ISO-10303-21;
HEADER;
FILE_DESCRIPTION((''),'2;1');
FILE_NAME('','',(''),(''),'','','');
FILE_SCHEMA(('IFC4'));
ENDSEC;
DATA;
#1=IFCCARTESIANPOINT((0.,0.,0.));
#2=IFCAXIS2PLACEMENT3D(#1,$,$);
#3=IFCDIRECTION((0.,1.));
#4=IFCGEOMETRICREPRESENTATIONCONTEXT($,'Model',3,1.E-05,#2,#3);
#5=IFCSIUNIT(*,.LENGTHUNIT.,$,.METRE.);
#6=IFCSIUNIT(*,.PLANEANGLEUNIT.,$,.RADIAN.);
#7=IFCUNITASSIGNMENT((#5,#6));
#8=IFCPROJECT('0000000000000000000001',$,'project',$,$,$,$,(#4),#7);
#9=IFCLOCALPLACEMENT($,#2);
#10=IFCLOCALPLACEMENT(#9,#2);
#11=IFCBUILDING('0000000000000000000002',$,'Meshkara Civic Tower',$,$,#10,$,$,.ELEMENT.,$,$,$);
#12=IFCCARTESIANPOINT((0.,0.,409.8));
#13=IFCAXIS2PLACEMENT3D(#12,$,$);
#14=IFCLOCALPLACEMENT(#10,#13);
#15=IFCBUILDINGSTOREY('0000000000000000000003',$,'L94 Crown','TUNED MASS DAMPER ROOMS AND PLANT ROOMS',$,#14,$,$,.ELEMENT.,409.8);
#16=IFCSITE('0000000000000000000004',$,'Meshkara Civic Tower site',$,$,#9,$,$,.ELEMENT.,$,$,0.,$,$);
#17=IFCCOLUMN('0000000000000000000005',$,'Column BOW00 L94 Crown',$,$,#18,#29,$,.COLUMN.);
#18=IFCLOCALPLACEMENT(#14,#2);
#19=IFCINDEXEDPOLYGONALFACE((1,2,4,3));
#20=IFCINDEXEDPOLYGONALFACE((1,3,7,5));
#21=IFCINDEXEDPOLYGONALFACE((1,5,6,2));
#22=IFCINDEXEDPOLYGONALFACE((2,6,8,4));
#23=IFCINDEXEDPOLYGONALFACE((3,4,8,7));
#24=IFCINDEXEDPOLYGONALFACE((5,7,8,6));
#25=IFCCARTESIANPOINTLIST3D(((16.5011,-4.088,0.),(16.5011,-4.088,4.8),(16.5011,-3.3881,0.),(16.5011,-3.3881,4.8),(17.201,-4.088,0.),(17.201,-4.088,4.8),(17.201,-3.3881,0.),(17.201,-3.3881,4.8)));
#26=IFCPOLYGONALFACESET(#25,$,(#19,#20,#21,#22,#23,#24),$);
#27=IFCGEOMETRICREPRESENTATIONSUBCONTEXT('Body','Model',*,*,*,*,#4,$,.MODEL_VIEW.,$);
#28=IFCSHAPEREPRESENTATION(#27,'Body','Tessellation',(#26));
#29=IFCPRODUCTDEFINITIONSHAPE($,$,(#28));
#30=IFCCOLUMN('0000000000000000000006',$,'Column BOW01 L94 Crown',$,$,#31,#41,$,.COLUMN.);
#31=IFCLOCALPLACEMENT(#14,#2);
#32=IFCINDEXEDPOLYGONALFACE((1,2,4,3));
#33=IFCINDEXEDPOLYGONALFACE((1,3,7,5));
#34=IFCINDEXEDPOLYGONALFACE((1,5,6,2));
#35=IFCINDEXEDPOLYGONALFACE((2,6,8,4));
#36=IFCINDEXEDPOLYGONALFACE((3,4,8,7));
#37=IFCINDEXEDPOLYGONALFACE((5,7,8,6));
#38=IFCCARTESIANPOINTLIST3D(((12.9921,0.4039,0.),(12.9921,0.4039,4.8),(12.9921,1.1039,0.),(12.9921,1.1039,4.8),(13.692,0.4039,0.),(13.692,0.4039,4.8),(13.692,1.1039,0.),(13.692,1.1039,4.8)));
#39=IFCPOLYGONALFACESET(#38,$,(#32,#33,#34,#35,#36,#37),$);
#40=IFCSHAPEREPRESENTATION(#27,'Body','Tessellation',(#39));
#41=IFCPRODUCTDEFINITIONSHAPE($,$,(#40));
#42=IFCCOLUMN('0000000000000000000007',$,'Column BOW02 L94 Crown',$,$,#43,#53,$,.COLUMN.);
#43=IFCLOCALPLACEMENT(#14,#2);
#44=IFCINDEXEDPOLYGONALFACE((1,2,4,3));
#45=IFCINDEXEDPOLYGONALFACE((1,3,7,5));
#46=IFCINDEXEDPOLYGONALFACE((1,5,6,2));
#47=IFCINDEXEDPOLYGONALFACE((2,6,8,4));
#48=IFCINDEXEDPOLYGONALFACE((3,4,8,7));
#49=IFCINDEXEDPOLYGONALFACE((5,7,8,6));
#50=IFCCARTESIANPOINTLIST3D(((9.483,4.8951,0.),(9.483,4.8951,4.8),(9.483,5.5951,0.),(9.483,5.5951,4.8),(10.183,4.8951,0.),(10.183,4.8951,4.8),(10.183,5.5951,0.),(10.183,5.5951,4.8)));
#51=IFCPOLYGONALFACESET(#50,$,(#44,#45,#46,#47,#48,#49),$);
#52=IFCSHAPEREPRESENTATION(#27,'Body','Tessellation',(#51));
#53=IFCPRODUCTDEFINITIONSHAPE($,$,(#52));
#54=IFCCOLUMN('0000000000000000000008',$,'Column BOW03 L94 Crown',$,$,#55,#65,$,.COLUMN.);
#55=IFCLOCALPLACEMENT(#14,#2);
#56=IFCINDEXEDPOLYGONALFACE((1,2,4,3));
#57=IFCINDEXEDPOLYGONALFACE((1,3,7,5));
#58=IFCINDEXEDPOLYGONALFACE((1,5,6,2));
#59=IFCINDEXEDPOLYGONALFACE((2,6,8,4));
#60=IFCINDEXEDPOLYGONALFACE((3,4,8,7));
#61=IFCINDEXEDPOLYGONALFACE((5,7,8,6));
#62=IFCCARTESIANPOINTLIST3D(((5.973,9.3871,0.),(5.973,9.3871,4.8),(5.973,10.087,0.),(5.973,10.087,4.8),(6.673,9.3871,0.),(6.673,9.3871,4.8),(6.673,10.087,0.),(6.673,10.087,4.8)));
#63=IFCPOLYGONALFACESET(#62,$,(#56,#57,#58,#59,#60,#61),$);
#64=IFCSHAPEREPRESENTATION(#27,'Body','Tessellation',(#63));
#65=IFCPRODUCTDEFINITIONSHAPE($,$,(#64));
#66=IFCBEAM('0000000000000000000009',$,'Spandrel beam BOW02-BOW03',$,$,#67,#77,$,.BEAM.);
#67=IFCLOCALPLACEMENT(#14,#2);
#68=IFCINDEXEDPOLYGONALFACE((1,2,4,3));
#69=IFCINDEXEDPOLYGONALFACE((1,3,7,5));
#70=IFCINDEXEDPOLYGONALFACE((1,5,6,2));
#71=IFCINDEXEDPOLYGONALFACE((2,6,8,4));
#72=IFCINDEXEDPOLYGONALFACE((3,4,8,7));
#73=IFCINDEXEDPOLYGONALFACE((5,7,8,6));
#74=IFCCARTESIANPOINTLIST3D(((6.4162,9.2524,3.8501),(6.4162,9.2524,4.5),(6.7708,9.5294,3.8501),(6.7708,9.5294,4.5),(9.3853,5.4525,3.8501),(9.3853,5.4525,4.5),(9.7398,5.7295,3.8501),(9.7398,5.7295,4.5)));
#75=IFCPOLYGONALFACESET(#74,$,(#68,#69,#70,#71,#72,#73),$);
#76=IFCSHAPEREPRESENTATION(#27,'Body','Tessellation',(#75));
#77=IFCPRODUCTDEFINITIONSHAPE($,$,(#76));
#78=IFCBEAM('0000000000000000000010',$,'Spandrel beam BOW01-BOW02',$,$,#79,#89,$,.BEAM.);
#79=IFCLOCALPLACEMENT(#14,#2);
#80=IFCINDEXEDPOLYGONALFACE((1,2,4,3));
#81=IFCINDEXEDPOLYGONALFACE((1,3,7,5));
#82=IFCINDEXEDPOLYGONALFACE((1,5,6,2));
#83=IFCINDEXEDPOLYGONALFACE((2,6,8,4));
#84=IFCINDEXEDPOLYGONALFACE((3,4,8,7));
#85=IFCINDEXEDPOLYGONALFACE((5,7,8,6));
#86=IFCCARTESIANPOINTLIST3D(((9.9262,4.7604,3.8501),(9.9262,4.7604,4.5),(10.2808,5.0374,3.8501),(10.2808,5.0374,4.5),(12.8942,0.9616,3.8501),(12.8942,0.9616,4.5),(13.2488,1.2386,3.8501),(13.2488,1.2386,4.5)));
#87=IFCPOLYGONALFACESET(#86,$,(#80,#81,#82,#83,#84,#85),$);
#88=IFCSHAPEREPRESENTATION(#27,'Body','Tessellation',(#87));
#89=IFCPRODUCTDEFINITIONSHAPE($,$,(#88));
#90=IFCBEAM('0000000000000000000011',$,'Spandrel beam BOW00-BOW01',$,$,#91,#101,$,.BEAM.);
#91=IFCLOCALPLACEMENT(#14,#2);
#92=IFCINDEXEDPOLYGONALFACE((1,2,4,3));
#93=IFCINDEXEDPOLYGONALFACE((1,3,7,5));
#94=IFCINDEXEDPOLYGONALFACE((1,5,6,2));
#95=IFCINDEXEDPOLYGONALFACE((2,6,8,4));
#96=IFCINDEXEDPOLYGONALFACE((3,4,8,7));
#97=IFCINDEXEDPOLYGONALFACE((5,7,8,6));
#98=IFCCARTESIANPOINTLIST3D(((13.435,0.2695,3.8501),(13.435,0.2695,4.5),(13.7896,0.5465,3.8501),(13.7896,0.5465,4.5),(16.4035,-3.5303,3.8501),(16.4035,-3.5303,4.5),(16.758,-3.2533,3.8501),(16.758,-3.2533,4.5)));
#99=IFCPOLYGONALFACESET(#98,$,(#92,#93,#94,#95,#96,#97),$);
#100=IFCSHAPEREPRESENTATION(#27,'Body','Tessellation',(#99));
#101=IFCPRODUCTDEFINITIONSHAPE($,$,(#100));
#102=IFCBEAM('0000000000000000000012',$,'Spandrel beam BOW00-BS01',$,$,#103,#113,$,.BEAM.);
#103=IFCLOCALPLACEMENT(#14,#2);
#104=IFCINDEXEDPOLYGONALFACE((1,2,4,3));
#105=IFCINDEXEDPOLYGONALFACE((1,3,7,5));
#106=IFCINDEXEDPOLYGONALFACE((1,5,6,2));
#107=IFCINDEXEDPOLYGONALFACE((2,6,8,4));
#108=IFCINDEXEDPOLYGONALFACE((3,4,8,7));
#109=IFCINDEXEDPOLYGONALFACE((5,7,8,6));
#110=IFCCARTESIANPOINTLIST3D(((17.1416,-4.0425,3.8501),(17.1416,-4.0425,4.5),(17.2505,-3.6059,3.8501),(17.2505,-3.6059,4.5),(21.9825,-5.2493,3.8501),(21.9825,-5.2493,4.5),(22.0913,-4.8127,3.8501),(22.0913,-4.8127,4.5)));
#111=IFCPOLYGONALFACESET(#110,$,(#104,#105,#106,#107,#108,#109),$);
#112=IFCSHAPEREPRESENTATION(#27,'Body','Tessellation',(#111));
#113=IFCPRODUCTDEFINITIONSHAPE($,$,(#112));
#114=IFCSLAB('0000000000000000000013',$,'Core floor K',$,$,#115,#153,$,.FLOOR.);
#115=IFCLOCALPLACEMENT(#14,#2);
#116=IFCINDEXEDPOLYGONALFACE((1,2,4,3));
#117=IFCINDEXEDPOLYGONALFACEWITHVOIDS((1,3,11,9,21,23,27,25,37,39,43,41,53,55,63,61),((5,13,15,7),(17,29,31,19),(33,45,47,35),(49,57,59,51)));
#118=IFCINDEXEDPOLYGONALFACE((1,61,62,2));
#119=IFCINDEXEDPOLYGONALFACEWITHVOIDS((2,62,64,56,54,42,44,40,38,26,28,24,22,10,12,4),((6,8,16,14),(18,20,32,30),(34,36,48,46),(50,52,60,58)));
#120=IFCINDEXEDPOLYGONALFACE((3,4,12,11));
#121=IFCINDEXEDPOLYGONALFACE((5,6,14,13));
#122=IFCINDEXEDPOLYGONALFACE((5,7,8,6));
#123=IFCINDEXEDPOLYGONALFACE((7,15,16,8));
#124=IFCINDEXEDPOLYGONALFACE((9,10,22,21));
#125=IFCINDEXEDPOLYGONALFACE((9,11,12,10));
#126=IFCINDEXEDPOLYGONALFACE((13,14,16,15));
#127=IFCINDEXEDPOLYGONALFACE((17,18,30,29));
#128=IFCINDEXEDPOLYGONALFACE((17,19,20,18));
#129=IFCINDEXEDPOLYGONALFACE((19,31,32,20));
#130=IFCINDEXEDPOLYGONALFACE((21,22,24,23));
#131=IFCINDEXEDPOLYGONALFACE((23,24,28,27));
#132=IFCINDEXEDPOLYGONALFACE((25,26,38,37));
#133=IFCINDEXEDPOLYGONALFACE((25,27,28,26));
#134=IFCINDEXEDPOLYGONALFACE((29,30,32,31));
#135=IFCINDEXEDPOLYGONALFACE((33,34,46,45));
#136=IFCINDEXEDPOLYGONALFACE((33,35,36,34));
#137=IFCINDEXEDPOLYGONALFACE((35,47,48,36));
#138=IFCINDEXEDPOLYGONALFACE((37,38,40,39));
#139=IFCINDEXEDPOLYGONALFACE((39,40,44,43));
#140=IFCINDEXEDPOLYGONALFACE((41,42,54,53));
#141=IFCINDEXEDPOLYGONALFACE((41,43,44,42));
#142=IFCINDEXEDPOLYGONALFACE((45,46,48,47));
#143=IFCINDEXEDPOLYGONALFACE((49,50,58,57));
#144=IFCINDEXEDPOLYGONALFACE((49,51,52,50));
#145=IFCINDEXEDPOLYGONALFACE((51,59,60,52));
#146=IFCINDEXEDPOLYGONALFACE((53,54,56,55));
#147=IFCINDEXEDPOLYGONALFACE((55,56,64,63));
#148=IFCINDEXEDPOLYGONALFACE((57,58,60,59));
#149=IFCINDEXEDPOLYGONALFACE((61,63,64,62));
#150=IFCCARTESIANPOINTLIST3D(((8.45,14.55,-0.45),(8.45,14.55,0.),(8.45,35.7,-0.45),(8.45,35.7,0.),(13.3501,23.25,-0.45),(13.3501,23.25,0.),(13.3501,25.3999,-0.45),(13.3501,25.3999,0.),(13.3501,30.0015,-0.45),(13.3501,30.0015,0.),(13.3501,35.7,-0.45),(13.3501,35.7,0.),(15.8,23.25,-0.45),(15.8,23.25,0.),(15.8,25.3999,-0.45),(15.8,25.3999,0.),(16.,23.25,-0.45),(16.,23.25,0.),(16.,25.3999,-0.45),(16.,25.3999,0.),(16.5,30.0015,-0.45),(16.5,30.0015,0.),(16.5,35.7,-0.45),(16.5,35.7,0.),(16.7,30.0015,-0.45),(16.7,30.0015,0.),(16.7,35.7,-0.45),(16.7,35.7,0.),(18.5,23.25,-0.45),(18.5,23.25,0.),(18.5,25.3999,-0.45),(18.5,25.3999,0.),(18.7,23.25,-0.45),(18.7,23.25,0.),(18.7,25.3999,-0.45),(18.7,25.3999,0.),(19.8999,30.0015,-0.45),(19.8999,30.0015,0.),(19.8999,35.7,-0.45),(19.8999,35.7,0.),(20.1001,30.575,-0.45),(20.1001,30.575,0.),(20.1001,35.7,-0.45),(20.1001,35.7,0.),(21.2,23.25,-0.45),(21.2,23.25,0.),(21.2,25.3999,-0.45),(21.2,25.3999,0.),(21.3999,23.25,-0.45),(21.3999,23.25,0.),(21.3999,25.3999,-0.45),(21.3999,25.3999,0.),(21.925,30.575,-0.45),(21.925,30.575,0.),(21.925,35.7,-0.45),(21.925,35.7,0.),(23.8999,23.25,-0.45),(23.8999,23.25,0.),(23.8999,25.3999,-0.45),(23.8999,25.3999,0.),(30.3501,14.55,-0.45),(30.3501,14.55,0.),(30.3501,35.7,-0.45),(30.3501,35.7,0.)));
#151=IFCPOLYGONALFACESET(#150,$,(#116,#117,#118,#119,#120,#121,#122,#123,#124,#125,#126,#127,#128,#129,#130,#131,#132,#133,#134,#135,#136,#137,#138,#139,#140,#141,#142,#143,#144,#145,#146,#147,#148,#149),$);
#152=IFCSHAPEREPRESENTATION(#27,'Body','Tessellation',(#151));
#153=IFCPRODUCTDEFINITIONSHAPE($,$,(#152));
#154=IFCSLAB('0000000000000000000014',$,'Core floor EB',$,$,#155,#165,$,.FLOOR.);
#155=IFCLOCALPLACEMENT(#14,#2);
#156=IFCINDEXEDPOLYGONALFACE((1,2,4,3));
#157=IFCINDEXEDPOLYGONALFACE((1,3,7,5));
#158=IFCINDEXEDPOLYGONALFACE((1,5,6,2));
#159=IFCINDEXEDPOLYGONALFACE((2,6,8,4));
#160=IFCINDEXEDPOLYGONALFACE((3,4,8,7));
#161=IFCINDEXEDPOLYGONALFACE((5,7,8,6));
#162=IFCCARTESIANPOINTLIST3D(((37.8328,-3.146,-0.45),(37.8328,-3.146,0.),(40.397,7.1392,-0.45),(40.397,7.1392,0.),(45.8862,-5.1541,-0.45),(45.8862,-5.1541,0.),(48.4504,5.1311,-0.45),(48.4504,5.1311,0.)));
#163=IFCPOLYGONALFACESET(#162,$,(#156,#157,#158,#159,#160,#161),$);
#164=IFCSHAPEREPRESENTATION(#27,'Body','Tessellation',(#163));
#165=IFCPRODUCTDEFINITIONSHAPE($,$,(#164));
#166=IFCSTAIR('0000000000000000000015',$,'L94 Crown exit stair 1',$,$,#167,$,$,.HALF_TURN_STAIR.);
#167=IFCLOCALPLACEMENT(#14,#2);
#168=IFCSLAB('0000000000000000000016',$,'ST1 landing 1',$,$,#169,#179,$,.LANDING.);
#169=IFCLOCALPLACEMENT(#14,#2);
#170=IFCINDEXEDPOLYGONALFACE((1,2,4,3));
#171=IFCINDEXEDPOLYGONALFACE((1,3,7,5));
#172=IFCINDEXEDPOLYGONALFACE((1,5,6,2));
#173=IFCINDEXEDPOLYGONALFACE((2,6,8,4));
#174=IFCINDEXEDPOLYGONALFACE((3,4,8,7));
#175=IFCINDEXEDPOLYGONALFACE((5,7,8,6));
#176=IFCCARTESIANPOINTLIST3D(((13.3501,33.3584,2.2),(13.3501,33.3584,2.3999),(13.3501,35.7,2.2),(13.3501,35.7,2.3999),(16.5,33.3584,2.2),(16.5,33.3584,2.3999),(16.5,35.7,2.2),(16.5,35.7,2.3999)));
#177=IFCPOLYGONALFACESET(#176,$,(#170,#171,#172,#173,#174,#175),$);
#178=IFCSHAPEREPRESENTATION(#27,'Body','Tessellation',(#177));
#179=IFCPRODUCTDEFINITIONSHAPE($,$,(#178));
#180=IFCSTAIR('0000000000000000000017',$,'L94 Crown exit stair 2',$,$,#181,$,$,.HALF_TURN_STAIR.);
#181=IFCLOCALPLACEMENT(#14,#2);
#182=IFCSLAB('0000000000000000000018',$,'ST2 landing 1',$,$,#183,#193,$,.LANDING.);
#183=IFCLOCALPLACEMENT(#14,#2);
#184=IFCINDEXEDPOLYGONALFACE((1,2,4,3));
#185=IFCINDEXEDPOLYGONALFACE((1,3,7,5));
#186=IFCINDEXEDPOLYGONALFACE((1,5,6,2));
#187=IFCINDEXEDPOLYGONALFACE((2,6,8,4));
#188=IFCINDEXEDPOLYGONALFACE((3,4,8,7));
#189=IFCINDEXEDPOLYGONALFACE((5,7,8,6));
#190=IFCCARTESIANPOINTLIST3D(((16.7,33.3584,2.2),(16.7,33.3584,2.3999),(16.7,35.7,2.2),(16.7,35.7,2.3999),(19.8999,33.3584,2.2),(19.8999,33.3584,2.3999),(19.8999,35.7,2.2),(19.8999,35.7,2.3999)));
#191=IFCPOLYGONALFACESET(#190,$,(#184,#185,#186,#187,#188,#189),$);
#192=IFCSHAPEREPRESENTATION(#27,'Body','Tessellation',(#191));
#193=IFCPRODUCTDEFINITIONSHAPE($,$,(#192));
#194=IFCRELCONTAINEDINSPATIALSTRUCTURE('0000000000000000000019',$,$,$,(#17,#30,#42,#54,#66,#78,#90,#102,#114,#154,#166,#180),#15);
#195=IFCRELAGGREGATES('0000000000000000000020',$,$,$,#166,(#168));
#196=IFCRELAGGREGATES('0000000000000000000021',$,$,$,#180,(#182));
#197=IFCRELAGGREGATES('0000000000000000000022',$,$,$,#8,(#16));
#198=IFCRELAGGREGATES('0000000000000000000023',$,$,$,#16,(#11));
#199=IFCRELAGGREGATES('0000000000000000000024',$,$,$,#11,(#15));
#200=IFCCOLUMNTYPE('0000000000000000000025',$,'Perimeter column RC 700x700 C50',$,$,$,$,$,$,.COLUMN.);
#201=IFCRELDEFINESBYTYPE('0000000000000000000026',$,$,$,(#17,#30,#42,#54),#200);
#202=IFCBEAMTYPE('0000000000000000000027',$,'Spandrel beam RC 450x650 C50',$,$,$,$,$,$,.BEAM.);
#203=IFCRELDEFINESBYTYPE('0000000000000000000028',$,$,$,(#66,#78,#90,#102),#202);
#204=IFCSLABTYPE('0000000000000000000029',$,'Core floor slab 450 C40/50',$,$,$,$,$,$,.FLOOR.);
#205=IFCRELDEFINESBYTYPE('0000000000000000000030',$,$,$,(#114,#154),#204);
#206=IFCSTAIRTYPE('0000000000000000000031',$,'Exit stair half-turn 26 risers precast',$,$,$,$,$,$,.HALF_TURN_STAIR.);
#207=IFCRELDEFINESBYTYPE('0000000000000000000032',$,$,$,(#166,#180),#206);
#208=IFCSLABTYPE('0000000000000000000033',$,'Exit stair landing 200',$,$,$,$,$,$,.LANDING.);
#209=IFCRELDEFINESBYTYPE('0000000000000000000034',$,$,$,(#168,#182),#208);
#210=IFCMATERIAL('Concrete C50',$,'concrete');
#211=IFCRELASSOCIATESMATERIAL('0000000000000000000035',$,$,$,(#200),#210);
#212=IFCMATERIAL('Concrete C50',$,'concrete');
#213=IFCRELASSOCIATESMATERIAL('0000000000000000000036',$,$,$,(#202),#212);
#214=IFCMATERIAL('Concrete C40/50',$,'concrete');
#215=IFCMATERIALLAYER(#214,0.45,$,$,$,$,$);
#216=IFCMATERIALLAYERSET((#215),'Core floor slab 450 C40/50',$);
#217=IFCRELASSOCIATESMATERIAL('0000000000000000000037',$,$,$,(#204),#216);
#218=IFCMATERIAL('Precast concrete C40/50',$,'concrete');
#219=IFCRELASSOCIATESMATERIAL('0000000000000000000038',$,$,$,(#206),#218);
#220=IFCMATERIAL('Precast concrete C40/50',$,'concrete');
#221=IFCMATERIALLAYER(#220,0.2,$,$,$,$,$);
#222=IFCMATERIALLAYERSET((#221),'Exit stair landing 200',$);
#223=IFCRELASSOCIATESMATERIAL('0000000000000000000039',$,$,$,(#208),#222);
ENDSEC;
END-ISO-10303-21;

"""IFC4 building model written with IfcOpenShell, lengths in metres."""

from ifc_helpers import new_model, si_unit, direction, frame, origin, origin_2d, place, context, subcontext, project, spatial, polyline, rectangle, outline, extrude, material, layer, layer_set, material_profile, profile_set, type_object, element, aggregate, save


model = new_model("IFC4")

# Units and contexts
model_context = context("Model", 3, precision=1e-05, world=origin(), true_north=direction((0.0, 1.0)))
body_context = subcontext(model_context, "Body", "Model", "MODEL_VIEW")
ifc_project = project(units=[si_unit("LENGTHUNIT", "METRE"), si_unit("PLANEANGLEUNIT", "RADIAN")], contexts=[model_context])

# Site, building, storey
site_placement = place(None, origin())
site = spatial("IfcSite", under=ifc_project, at=site_placement, Name="Meshkara Civic Tower site", CompositionType="ELEMENT", RefElevation=0.0)
building_placement = place(site_placement, origin())
building = spatial("IfcBuilding", under=site, at=building_placement, Name="Meshkara Civic Tower", CompositionType="ELEMENT")
storey_placement = place(building_placement, frame((0.0, 0.0, 409.8)))
storey = spatial("IfcBuildingStorey", under=building, at=storey_placement, Name="L94 Crown", Description="TUNED MASS DAMPER ROOMS AND PLANT ROOMS", CompositionType="ELEMENT", Elevation=409.8)

# Columns
ifc_material_1 = material(Name="Concrete C50", Category="concrete")
ifc_material_profile_1 = material_profile(ifc_material_1, rectangle(XDim=0.7, YDim=0.7, at=origin_2d()))
ifc_profile_set_1 = profile_set([ifc_material_profile_1], Name="Concrete C50")
column_type = type_object("IfcColumnType", Name="Perimeter column RC 700x700 C50", PredefinedType="COLUMN", material=ifc_profile_set_1)
for number, where, z_axis, x_axis, name in (
    (1, (16.8511, -3.738, 0.0), (0.0, 0.0, 1.0), (1.0, 0.0, 0.0), "Column BOW00 L94 Crown"),
    (2, (13.342, 0.7539, 0.0), (0.0, 0.0, 1.0), (1.0, 0.0, 0.0), "Column BOW01 L94 Crown"),
    (3, (9.833, 5.2451, 0.0), (0.0, 0.0, 1.0), (1.0, 0.0, 0.0), "Column BOW02 L94 Crown"),
    (4, (6.323, 9.7371, 0.0), (0.0, 0.0, 1.0), (1.0, 0.0, 0.0), "Column BOW03 L94 Crown"),
):
    element("IfcColumn", number, at=place(storey_placement, frame(where, z_axis=z_axis, x_axis=x_axis)), inside=storey, type_object=column_type, Name=name, PredefinedType="COLUMN", context=body_context, shape_type="SweptSolid", body=[
        extrude(rectangle(XDim=0.7, YDim=0.7, at=origin_2d()), origin(), (0.0, 0.0, 1.0), 4.8),
    ])

# Beams
ifc_material_2 = material(Name="Concrete C50", Category="concrete")
ifc_material_profile_2 = material_profile(ifc_material_2, rectangle(XDim=0.45, YDim=0.6499, at=origin_2d()))
ifc_profile_set_2 = profile_set([ifc_material_profile_2], Name="Concrete C50")
beam_type = type_object("IfcBeamType", Name="Spandrel beam RC 450x650 C50", PredefinedType="BEAM", material=ifc_profile_set_2)
beam_1_placement = place(storey_placement, frame((6.5935, 9.3909, 4.175), z_axis=(0.615695, -0.787984, 0.0), x_axis=(0.787984, 0.615695, 0.0)))
element("IfcBeam", 5, at=beam_1_placement, inside=storey, type_object=beam_type, Name="Spandrel beam BOW02-BOW03", PredefinedType="BEAM", context=body_context, shape_type="SweptSolid", body=[
    extrude(rectangle(XDim=0.45, YDim=0.6499, at=origin_2d()), origin(), (0.0, 0.0, 1.0), 4.8223),
])
beam_2_placement = place(storey_placement, frame((10.1035, 4.8989, 4.175), z_axis=(0.615668, -0.788006, 0.0), x_axis=(0.788006, 0.615668, 0.0)))
element("IfcBeam", 6, at=beam_2_placement, inside=storey, type_object=beam_type, Name="Spandrel beam BOW01-BOW02", PredefinedType="BEAM", context=body_context, shape_type="SweptSolid", body=[
    extrude(rectangle(XDim=0.45, YDim=0.6499, at=origin_2d()), origin(), (0.0, 0.0, 1.0), 4.8208),
])
beam_3_placement = place(storey_placement, frame((13.6123, 0.408, 4.175), z_axis=(0.615632, -0.788034, 0.0), x_axis=(0.788034, 0.615632, 0.0)))
element("IfcBeam", 7, at=beam_3_placement, inside=storey, type_object=beam_type, Name="Spandrel beam BOW00-BOW01", PredefinedType="BEAM", context=body_context, shape_type="SweptSolid", body=[
    extrude(rectangle(XDim=0.45, YDim=0.6499, at=origin_2d()), origin(), (0.0, 0.0, 1.0), 4.8218),
])
beam_4_placement = place(storey_placement, frame((17.196, -3.8242, 4.175), z_axis=(0.970303, -0.241891, 0.0), x_axis=(0.241891, 0.970303, 0.0)))
element("IfcBeam", 8, at=beam_4_placement, inside=storey, type_object=beam_type, Name="Spandrel beam BOW00-BS01", PredefinedType="BEAM", context=body_context, shape_type="SweptSolid", body=[
    extrude(rectangle(XDim=0.45, YDim=0.6499, at=origin_2d()), origin(), (0.0, 0.0, 1.0), 4.989),
])

# Slabs
ifc_material_3 = material(Name="Concrete C40/50", Category="concrete")
ifc_layer_1 = layer(ifc_material_3, 0.45)
ifc_layer_set_1 = layer_set([ifc_layer_1], Name="Core floor slab 450 C40/50")
slab_type_1 = type_object("IfcSlabType", Name="Core floor slab 450 C40/50", PredefinedType="FLOOR", material=ifc_layer_set_1)
slab_1_placement = place(storey_placement, frame((0.0, 0.0, -0.45)))
element("IfcSlab", 9, at=slab_1_placement, inside=storey, type_object=slab_type_1, Name="Core floor K", PredefinedType="FLOOR", context=body_context, shape_type="SweptSolid", body=[
    extrude(outline(polyline([(8.45, 35.7), (13.3501, 35.7), (13.3501, 30.0015), (16.5, 30.0015), (16.5, 35.7), (16.7, 35.7), (16.7, 30.0015), (19.8999, 30.0015), (19.8999, 35.7), (20.1001, 35.7), (20.1001, 30.575), (21.925, 30.575), (21.925, 35.7), (30.3501, 35.7), (30.3501, 14.55), (8.45, 14.55), (8.45, 35.7)]), holes=[polyline([(15.8, 23.25), (15.8, 25.3999), (13.3501, 25.3999), (13.3501, 23.25), (15.8, 23.25)]), polyline([(18.5, 25.3999), (16.0, 25.3999), (16.0, 23.25), (18.5, 23.25), (18.5, 25.3999)]), polyline([(18.7, 23.25), (21.2, 23.25), (21.2, 25.3999), (18.7, 25.3999), (18.7, 23.25)]), polyline([(23.8999, 25.3999), (21.3999, 25.3999), (21.3999, 23.25), (23.8999, 23.25), (23.8999, 25.3999)])]), origin(), (0.0, 0.0, 1.0), 0.45),
])
slab_2_placement = place(storey_placement, frame((0.0, 0.0, -0.45)))
element("IfcSlab", 10, at=slab_2_placement, inside=storey, type_object=slab_type_1, Name="Core floor EB", PredefinedType="FLOOR", context=body_context, shape_type="SweptSolid", body=[
    extrude(outline(polyline([(37.8328, -3.146), (40.397, 7.1392), (48.4504, 5.1311), (45.8862, -5.1541), (37.8328, -3.146)])), origin(), (0.0, 0.0, 1.0), 0.45),
])

# Stairs, slabs
ifc_material_4 = material(Name="Precast concrete C40/50", Category="concrete")
stair_type = type_object("IfcStairType", Name="Exit stair half-turn 26 risers precast", PredefinedType="HALF_TURN_STAIR", material=ifc_material_4)
stair_1_placement = place(storey_placement, origin())
stair_1 = element("IfcStair", 11, at=stair_1_placement, inside=storey, type_object=stair_type, Name="L94 Crown exit stair 1", PredefinedType="HALF_TURN_STAIR")
ifc_material_5 = material(Name="Precast concrete C40/50", Category="concrete")
ifc_layer_2 = layer(ifc_material_5, 0.2)
ifc_layer_set_2 = layer_set([ifc_layer_2], Name="Exit stair landing 200")
slab_type_2 = type_object("IfcSlabType", Name="Exit stair landing 200", PredefinedType="LANDING", material=ifc_layer_set_2)
slab_3_placement = place(storey_placement, frame((0.0, 0.0, 2.2)))
slab_3 = element("IfcSlab", 12, at=slab_3_placement, type_object=slab_type_2, Name="ST1 landing 1", PredefinedType="LANDING", context=body_context, shape_type="SweptSolid", body=[
    extrude(outline(polyline([(16.5, 33.3584), (16.5, 35.7), (13.3501, 35.7), (13.3501, 33.3584), (16.5, 33.3584)])), origin(), (0.0, 0.0, 1.0), 0.2),
])
aggregate(stair_1, [slab_3])
stair_2_placement = place(storey_placement, origin())
stair_2 = element("IfcStair", 13, at=stair_2_placement, inside=storey, type_object=stair_type, Name="L94 Crown exit stair 2", PredefinedType="HALF_TURN_STAIR")
slab_4_placement = place(storey_placement, frame((0.0, 0.0, 2.2)))
slab_4 = element("IfcSlab", 14, at=slab_4_placement, type_object=slab_type_2, Name="ST2 landing 1", PredefinedType="LANDING", context=body_context, shape_type="SweptSolid", body=[
    extrude(outline(polyline([(19.8999, 33.3584), (19.8999, 35.7), (16.7, 35.7), (16.7, 33.3584), (19.8999, 33.3584)])), origin(), (0.0, 0.0, 1.0), 0.2),
])
aggregate(stair_2, [slab_4])

save(model, "model.ifc")
